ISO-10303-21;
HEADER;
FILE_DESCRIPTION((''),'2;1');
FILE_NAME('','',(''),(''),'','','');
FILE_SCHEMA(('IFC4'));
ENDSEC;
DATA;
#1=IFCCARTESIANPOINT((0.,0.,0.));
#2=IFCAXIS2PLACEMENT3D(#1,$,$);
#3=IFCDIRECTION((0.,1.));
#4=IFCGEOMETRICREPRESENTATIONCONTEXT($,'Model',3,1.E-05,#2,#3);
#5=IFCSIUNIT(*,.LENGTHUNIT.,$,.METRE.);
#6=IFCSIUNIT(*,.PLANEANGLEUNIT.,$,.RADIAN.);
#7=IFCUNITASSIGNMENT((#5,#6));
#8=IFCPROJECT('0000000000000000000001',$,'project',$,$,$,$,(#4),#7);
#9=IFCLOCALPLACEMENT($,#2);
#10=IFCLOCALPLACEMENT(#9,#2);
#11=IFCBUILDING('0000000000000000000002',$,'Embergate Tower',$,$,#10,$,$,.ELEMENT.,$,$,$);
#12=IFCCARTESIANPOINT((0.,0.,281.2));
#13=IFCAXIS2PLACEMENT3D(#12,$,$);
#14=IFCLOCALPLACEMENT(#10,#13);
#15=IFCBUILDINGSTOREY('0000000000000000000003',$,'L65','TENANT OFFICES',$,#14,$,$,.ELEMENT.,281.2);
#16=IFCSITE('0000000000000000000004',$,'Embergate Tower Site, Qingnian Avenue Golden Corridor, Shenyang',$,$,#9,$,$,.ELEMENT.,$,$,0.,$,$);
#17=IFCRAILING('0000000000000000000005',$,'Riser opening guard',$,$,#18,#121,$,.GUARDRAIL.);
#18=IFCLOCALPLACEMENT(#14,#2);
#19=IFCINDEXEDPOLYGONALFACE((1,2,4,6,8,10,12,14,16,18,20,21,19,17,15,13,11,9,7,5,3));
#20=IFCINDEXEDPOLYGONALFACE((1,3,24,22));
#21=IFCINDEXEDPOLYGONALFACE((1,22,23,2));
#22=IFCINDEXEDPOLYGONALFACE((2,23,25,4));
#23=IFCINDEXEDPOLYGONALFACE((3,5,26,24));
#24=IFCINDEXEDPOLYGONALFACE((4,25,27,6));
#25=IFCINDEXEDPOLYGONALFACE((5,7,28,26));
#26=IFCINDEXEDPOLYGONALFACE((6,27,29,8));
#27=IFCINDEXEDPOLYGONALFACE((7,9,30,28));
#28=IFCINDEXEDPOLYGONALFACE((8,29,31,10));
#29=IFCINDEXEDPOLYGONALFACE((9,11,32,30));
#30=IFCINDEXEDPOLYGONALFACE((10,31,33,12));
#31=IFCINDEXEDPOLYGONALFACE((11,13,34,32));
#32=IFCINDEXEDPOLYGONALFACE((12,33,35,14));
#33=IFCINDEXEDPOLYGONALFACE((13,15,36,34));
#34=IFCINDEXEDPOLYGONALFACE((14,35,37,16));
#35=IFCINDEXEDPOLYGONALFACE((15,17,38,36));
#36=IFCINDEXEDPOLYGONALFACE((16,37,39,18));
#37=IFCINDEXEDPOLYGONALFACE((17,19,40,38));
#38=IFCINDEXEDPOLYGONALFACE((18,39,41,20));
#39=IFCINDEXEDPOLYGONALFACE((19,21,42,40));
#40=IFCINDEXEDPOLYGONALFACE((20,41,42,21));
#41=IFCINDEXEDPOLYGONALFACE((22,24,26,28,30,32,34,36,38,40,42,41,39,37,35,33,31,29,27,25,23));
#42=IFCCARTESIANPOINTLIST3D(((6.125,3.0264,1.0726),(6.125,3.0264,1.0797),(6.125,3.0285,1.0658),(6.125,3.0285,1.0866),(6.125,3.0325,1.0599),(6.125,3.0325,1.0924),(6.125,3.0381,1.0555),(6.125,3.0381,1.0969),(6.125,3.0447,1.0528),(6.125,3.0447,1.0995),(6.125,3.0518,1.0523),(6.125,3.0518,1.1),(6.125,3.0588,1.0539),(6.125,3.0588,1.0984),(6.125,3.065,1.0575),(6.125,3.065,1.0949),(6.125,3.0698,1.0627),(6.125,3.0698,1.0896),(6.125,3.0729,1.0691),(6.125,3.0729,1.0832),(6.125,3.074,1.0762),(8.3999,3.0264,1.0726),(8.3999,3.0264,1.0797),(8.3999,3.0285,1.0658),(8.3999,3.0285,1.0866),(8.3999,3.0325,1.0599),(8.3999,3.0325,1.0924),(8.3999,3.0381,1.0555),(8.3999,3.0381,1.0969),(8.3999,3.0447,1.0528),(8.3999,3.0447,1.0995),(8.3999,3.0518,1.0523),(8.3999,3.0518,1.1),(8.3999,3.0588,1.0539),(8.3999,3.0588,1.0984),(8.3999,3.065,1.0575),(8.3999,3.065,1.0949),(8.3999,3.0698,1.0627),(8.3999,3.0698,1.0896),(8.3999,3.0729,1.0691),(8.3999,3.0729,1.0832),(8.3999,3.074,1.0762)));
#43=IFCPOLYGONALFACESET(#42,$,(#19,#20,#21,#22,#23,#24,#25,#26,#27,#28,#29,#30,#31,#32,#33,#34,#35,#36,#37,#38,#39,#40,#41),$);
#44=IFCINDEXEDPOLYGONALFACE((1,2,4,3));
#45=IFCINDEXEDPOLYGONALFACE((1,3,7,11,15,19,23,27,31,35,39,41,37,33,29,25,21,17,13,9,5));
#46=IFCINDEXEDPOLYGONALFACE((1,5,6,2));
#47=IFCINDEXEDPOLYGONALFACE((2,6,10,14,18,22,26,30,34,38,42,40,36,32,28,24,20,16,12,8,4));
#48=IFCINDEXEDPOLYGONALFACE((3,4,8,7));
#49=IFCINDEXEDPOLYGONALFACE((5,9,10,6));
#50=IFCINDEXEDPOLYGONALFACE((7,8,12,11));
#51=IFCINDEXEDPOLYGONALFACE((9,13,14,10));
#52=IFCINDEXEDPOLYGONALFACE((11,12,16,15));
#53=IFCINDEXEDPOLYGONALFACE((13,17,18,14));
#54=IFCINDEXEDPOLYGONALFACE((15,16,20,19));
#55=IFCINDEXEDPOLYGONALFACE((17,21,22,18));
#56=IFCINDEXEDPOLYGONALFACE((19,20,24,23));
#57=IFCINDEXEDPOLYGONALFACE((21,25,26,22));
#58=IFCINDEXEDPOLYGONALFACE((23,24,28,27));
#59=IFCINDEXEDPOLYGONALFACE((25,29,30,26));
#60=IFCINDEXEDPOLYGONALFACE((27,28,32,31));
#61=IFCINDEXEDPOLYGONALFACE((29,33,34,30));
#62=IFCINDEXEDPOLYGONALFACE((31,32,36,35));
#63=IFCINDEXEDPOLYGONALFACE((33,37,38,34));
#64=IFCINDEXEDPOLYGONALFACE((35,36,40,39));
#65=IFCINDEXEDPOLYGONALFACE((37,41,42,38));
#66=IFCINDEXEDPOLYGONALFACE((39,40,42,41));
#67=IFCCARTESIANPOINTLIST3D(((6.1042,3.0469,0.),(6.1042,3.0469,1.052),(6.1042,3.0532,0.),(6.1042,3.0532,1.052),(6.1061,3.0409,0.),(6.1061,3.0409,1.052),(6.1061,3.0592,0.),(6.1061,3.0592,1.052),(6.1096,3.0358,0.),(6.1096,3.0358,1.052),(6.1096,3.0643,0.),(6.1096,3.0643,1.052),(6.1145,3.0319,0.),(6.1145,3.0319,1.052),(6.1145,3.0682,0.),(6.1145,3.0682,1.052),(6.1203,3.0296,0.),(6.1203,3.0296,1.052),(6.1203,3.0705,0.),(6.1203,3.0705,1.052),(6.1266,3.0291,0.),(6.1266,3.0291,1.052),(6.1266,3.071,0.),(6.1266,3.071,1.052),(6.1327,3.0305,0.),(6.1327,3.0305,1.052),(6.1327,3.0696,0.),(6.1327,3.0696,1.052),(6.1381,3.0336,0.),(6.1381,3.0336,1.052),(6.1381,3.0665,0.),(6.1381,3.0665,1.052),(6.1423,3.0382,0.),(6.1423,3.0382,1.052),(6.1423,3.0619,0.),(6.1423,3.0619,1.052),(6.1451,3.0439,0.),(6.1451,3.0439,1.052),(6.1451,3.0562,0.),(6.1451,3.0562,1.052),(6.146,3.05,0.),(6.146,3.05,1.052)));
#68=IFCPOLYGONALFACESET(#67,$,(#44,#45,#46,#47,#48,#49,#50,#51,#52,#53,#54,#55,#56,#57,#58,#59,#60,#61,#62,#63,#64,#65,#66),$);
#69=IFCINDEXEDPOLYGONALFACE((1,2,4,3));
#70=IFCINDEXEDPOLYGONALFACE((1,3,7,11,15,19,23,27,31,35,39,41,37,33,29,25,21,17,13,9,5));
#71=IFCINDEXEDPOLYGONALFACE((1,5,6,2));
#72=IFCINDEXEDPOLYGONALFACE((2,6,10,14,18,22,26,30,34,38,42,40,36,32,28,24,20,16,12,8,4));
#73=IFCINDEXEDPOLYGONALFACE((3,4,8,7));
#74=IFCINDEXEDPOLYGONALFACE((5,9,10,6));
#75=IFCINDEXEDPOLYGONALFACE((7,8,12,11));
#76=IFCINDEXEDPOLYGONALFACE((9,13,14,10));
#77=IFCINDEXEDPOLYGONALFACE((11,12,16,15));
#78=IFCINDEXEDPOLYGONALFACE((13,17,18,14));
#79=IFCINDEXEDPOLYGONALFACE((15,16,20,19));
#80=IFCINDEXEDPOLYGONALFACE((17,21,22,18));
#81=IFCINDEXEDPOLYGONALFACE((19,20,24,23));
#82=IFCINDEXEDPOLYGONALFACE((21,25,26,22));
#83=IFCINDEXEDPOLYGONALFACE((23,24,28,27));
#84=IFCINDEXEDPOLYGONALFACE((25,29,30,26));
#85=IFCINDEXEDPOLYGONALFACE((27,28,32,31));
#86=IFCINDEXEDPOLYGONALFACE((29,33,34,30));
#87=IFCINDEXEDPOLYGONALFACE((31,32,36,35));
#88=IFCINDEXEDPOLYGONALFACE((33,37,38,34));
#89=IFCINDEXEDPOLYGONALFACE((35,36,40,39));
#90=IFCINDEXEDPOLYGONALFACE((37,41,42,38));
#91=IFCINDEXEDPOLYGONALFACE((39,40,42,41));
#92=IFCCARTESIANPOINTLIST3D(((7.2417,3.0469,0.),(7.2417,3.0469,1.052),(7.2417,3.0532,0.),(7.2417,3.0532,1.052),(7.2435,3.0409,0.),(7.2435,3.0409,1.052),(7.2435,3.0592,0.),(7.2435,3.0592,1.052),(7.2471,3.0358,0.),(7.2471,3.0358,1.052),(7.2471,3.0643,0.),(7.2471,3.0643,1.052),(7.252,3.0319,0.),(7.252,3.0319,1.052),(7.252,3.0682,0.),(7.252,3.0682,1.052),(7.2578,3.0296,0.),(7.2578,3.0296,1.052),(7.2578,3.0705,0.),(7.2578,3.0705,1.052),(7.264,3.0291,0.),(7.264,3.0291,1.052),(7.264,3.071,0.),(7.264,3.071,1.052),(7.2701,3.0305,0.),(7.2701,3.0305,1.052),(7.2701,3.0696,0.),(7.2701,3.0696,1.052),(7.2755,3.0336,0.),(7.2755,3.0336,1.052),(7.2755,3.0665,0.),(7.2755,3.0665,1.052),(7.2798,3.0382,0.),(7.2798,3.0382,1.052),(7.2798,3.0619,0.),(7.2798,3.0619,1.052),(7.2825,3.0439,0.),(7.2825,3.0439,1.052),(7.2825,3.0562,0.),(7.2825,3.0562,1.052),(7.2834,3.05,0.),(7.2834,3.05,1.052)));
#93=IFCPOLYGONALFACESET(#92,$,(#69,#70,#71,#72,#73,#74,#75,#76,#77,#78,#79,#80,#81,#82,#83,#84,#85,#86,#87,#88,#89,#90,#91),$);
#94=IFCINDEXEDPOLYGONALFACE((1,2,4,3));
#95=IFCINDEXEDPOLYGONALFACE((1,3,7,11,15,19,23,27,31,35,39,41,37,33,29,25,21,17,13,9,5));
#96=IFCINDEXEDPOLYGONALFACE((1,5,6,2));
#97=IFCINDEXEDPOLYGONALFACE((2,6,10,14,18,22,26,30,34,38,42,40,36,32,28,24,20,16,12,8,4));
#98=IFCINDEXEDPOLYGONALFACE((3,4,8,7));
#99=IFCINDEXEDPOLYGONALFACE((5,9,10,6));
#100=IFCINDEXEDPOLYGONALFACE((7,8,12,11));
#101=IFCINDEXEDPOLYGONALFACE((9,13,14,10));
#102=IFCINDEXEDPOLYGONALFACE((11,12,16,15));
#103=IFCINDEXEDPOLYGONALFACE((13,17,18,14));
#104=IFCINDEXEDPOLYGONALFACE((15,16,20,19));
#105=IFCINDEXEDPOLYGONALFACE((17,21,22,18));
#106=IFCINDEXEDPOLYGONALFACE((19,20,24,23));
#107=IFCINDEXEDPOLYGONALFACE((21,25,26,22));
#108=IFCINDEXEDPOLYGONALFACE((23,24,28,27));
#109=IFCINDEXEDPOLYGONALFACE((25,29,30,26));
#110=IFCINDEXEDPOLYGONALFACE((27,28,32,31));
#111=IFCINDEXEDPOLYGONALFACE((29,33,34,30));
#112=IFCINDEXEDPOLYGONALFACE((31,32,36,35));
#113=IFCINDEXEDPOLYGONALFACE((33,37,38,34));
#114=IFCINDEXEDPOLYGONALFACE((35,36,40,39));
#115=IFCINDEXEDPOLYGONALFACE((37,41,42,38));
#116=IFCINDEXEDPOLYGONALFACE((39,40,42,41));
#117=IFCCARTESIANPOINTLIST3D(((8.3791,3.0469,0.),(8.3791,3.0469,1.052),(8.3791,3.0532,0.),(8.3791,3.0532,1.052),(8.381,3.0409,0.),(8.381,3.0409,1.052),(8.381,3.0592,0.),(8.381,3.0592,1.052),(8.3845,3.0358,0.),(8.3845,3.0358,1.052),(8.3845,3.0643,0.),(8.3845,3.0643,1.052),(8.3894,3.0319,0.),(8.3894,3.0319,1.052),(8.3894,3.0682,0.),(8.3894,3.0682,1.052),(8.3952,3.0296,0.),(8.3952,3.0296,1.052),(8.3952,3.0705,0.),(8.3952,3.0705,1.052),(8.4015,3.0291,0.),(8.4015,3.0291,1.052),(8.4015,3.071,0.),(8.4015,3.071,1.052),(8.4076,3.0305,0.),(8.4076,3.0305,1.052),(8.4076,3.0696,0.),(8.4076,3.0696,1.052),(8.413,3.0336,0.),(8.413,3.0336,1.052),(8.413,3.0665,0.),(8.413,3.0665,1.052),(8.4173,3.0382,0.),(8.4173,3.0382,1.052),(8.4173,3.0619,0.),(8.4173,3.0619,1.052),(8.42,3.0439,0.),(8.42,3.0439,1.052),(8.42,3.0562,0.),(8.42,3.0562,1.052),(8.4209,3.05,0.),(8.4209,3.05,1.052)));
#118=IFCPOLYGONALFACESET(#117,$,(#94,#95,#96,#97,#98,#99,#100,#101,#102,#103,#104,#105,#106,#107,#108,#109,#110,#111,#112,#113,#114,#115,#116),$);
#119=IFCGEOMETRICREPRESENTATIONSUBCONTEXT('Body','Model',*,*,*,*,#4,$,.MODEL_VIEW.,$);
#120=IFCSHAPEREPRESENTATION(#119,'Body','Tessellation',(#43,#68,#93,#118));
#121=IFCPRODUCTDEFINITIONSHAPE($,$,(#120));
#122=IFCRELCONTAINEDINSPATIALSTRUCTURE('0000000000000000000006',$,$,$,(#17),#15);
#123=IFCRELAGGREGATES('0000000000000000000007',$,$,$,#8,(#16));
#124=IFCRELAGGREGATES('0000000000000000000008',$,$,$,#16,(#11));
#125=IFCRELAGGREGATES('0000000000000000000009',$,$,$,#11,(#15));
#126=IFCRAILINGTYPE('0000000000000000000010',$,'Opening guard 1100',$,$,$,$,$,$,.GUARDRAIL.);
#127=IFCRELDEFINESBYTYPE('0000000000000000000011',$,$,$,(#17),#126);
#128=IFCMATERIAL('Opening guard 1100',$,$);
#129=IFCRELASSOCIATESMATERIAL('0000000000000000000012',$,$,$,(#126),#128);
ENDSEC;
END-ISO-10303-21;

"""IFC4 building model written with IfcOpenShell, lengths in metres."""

from ifc_helpers import new_model, si_unit, direction, frame, origin, origin_2d, place, context, subcontext, project, spatial, circle, extrude, source, transform, mapped, material, type_object, element, save


model = new_model("IFC4")

# Units and contexts
model_context = context("Model", 3, precision=1e-05, world=origin(), true_north=direction((0.0, 1.0)))
body_context = subcontext(model_context, "Body", "Model", "MODEL_VIEW")
ifc_project = project(units=[si_unit("LENGTHUNIT", "METRE"), si_unit("PLANEANGLEUNIT", "RADIAN")], contexts=[model_context])

# Site, building, storey
site_placement = place(None, origin())
site = spatial("IfcSite", under=ifc_project, at=site_placement, Name="Embergate Tower Site, Qingnian Avenue Golden Corridor, Shenyang", CompositionType="ELEMENT", RefElevation=0.0)
building_placement = place(site_placement, origin())
building = spatial("IfcBuilding", under=site, at=building_placement, Name="Embergate Tower", CompositionType="ELEMENT")
storey_placement = place(building_placement, frame((0.0, 0.0, 281.2)))
storey = spatial("IfcBuildingStorey", under=building, at=storey_placement, Name="L65", Description="TENANT OFFICES", CompositionType="ELEMENT", Elevation=281.2)

# Railing
ifc_material_1 = material(Name="Opening guard 1100")
railing_type_1 = type_object("IfcRailingType", Name="Opening guard 1100", PredefinedType="GUARDRAIL", material=ifc_material_1)
shared_shape_1 = source(origin(), body_context, "Body", "SweptSolid", [
    extrude(circle(Radius=0.0239, at=origin_2d()), frame((0.0, 0.0, 1.0762), z_axis=(1.0, 0.0, 0.0), x_axis=(0.0, 1.0, 0.0)), (0.0, 0.0, 1.0), 2.2749),
    extrude(circle(Radius=0.021, at=origin_2d()), origin(), (0.0, 0.0, 1.0), 1.052),
    extrude(circle(Radius=0.021, at=origin_2d()), frame((1.1375, 0.0, 0.0)), (0.0, 0.0, 1.0), 1.052),
    extrude(circle(Radius=0.021, at=origin_2d()), frame((2.2749, 0.0, 0.0)), (0.0, 0.0, 1.0), 1.052),
])
railing_1_placement = place(storey_placement, frame((6.125, 3.05, 0.0)))
element("IfcRailing", 1, at=railing_1_placement, inside=storey, type_object=railing_type_1, Name="Riser opening guard", PredefinedType="GUARDRAIL", context=body_context, shape_type="MappedRepresentation", body=[
    mapped(shared_shape_1, transform((0.0, 0.0, 0.0))),
])

save(model, "model.ifc")
